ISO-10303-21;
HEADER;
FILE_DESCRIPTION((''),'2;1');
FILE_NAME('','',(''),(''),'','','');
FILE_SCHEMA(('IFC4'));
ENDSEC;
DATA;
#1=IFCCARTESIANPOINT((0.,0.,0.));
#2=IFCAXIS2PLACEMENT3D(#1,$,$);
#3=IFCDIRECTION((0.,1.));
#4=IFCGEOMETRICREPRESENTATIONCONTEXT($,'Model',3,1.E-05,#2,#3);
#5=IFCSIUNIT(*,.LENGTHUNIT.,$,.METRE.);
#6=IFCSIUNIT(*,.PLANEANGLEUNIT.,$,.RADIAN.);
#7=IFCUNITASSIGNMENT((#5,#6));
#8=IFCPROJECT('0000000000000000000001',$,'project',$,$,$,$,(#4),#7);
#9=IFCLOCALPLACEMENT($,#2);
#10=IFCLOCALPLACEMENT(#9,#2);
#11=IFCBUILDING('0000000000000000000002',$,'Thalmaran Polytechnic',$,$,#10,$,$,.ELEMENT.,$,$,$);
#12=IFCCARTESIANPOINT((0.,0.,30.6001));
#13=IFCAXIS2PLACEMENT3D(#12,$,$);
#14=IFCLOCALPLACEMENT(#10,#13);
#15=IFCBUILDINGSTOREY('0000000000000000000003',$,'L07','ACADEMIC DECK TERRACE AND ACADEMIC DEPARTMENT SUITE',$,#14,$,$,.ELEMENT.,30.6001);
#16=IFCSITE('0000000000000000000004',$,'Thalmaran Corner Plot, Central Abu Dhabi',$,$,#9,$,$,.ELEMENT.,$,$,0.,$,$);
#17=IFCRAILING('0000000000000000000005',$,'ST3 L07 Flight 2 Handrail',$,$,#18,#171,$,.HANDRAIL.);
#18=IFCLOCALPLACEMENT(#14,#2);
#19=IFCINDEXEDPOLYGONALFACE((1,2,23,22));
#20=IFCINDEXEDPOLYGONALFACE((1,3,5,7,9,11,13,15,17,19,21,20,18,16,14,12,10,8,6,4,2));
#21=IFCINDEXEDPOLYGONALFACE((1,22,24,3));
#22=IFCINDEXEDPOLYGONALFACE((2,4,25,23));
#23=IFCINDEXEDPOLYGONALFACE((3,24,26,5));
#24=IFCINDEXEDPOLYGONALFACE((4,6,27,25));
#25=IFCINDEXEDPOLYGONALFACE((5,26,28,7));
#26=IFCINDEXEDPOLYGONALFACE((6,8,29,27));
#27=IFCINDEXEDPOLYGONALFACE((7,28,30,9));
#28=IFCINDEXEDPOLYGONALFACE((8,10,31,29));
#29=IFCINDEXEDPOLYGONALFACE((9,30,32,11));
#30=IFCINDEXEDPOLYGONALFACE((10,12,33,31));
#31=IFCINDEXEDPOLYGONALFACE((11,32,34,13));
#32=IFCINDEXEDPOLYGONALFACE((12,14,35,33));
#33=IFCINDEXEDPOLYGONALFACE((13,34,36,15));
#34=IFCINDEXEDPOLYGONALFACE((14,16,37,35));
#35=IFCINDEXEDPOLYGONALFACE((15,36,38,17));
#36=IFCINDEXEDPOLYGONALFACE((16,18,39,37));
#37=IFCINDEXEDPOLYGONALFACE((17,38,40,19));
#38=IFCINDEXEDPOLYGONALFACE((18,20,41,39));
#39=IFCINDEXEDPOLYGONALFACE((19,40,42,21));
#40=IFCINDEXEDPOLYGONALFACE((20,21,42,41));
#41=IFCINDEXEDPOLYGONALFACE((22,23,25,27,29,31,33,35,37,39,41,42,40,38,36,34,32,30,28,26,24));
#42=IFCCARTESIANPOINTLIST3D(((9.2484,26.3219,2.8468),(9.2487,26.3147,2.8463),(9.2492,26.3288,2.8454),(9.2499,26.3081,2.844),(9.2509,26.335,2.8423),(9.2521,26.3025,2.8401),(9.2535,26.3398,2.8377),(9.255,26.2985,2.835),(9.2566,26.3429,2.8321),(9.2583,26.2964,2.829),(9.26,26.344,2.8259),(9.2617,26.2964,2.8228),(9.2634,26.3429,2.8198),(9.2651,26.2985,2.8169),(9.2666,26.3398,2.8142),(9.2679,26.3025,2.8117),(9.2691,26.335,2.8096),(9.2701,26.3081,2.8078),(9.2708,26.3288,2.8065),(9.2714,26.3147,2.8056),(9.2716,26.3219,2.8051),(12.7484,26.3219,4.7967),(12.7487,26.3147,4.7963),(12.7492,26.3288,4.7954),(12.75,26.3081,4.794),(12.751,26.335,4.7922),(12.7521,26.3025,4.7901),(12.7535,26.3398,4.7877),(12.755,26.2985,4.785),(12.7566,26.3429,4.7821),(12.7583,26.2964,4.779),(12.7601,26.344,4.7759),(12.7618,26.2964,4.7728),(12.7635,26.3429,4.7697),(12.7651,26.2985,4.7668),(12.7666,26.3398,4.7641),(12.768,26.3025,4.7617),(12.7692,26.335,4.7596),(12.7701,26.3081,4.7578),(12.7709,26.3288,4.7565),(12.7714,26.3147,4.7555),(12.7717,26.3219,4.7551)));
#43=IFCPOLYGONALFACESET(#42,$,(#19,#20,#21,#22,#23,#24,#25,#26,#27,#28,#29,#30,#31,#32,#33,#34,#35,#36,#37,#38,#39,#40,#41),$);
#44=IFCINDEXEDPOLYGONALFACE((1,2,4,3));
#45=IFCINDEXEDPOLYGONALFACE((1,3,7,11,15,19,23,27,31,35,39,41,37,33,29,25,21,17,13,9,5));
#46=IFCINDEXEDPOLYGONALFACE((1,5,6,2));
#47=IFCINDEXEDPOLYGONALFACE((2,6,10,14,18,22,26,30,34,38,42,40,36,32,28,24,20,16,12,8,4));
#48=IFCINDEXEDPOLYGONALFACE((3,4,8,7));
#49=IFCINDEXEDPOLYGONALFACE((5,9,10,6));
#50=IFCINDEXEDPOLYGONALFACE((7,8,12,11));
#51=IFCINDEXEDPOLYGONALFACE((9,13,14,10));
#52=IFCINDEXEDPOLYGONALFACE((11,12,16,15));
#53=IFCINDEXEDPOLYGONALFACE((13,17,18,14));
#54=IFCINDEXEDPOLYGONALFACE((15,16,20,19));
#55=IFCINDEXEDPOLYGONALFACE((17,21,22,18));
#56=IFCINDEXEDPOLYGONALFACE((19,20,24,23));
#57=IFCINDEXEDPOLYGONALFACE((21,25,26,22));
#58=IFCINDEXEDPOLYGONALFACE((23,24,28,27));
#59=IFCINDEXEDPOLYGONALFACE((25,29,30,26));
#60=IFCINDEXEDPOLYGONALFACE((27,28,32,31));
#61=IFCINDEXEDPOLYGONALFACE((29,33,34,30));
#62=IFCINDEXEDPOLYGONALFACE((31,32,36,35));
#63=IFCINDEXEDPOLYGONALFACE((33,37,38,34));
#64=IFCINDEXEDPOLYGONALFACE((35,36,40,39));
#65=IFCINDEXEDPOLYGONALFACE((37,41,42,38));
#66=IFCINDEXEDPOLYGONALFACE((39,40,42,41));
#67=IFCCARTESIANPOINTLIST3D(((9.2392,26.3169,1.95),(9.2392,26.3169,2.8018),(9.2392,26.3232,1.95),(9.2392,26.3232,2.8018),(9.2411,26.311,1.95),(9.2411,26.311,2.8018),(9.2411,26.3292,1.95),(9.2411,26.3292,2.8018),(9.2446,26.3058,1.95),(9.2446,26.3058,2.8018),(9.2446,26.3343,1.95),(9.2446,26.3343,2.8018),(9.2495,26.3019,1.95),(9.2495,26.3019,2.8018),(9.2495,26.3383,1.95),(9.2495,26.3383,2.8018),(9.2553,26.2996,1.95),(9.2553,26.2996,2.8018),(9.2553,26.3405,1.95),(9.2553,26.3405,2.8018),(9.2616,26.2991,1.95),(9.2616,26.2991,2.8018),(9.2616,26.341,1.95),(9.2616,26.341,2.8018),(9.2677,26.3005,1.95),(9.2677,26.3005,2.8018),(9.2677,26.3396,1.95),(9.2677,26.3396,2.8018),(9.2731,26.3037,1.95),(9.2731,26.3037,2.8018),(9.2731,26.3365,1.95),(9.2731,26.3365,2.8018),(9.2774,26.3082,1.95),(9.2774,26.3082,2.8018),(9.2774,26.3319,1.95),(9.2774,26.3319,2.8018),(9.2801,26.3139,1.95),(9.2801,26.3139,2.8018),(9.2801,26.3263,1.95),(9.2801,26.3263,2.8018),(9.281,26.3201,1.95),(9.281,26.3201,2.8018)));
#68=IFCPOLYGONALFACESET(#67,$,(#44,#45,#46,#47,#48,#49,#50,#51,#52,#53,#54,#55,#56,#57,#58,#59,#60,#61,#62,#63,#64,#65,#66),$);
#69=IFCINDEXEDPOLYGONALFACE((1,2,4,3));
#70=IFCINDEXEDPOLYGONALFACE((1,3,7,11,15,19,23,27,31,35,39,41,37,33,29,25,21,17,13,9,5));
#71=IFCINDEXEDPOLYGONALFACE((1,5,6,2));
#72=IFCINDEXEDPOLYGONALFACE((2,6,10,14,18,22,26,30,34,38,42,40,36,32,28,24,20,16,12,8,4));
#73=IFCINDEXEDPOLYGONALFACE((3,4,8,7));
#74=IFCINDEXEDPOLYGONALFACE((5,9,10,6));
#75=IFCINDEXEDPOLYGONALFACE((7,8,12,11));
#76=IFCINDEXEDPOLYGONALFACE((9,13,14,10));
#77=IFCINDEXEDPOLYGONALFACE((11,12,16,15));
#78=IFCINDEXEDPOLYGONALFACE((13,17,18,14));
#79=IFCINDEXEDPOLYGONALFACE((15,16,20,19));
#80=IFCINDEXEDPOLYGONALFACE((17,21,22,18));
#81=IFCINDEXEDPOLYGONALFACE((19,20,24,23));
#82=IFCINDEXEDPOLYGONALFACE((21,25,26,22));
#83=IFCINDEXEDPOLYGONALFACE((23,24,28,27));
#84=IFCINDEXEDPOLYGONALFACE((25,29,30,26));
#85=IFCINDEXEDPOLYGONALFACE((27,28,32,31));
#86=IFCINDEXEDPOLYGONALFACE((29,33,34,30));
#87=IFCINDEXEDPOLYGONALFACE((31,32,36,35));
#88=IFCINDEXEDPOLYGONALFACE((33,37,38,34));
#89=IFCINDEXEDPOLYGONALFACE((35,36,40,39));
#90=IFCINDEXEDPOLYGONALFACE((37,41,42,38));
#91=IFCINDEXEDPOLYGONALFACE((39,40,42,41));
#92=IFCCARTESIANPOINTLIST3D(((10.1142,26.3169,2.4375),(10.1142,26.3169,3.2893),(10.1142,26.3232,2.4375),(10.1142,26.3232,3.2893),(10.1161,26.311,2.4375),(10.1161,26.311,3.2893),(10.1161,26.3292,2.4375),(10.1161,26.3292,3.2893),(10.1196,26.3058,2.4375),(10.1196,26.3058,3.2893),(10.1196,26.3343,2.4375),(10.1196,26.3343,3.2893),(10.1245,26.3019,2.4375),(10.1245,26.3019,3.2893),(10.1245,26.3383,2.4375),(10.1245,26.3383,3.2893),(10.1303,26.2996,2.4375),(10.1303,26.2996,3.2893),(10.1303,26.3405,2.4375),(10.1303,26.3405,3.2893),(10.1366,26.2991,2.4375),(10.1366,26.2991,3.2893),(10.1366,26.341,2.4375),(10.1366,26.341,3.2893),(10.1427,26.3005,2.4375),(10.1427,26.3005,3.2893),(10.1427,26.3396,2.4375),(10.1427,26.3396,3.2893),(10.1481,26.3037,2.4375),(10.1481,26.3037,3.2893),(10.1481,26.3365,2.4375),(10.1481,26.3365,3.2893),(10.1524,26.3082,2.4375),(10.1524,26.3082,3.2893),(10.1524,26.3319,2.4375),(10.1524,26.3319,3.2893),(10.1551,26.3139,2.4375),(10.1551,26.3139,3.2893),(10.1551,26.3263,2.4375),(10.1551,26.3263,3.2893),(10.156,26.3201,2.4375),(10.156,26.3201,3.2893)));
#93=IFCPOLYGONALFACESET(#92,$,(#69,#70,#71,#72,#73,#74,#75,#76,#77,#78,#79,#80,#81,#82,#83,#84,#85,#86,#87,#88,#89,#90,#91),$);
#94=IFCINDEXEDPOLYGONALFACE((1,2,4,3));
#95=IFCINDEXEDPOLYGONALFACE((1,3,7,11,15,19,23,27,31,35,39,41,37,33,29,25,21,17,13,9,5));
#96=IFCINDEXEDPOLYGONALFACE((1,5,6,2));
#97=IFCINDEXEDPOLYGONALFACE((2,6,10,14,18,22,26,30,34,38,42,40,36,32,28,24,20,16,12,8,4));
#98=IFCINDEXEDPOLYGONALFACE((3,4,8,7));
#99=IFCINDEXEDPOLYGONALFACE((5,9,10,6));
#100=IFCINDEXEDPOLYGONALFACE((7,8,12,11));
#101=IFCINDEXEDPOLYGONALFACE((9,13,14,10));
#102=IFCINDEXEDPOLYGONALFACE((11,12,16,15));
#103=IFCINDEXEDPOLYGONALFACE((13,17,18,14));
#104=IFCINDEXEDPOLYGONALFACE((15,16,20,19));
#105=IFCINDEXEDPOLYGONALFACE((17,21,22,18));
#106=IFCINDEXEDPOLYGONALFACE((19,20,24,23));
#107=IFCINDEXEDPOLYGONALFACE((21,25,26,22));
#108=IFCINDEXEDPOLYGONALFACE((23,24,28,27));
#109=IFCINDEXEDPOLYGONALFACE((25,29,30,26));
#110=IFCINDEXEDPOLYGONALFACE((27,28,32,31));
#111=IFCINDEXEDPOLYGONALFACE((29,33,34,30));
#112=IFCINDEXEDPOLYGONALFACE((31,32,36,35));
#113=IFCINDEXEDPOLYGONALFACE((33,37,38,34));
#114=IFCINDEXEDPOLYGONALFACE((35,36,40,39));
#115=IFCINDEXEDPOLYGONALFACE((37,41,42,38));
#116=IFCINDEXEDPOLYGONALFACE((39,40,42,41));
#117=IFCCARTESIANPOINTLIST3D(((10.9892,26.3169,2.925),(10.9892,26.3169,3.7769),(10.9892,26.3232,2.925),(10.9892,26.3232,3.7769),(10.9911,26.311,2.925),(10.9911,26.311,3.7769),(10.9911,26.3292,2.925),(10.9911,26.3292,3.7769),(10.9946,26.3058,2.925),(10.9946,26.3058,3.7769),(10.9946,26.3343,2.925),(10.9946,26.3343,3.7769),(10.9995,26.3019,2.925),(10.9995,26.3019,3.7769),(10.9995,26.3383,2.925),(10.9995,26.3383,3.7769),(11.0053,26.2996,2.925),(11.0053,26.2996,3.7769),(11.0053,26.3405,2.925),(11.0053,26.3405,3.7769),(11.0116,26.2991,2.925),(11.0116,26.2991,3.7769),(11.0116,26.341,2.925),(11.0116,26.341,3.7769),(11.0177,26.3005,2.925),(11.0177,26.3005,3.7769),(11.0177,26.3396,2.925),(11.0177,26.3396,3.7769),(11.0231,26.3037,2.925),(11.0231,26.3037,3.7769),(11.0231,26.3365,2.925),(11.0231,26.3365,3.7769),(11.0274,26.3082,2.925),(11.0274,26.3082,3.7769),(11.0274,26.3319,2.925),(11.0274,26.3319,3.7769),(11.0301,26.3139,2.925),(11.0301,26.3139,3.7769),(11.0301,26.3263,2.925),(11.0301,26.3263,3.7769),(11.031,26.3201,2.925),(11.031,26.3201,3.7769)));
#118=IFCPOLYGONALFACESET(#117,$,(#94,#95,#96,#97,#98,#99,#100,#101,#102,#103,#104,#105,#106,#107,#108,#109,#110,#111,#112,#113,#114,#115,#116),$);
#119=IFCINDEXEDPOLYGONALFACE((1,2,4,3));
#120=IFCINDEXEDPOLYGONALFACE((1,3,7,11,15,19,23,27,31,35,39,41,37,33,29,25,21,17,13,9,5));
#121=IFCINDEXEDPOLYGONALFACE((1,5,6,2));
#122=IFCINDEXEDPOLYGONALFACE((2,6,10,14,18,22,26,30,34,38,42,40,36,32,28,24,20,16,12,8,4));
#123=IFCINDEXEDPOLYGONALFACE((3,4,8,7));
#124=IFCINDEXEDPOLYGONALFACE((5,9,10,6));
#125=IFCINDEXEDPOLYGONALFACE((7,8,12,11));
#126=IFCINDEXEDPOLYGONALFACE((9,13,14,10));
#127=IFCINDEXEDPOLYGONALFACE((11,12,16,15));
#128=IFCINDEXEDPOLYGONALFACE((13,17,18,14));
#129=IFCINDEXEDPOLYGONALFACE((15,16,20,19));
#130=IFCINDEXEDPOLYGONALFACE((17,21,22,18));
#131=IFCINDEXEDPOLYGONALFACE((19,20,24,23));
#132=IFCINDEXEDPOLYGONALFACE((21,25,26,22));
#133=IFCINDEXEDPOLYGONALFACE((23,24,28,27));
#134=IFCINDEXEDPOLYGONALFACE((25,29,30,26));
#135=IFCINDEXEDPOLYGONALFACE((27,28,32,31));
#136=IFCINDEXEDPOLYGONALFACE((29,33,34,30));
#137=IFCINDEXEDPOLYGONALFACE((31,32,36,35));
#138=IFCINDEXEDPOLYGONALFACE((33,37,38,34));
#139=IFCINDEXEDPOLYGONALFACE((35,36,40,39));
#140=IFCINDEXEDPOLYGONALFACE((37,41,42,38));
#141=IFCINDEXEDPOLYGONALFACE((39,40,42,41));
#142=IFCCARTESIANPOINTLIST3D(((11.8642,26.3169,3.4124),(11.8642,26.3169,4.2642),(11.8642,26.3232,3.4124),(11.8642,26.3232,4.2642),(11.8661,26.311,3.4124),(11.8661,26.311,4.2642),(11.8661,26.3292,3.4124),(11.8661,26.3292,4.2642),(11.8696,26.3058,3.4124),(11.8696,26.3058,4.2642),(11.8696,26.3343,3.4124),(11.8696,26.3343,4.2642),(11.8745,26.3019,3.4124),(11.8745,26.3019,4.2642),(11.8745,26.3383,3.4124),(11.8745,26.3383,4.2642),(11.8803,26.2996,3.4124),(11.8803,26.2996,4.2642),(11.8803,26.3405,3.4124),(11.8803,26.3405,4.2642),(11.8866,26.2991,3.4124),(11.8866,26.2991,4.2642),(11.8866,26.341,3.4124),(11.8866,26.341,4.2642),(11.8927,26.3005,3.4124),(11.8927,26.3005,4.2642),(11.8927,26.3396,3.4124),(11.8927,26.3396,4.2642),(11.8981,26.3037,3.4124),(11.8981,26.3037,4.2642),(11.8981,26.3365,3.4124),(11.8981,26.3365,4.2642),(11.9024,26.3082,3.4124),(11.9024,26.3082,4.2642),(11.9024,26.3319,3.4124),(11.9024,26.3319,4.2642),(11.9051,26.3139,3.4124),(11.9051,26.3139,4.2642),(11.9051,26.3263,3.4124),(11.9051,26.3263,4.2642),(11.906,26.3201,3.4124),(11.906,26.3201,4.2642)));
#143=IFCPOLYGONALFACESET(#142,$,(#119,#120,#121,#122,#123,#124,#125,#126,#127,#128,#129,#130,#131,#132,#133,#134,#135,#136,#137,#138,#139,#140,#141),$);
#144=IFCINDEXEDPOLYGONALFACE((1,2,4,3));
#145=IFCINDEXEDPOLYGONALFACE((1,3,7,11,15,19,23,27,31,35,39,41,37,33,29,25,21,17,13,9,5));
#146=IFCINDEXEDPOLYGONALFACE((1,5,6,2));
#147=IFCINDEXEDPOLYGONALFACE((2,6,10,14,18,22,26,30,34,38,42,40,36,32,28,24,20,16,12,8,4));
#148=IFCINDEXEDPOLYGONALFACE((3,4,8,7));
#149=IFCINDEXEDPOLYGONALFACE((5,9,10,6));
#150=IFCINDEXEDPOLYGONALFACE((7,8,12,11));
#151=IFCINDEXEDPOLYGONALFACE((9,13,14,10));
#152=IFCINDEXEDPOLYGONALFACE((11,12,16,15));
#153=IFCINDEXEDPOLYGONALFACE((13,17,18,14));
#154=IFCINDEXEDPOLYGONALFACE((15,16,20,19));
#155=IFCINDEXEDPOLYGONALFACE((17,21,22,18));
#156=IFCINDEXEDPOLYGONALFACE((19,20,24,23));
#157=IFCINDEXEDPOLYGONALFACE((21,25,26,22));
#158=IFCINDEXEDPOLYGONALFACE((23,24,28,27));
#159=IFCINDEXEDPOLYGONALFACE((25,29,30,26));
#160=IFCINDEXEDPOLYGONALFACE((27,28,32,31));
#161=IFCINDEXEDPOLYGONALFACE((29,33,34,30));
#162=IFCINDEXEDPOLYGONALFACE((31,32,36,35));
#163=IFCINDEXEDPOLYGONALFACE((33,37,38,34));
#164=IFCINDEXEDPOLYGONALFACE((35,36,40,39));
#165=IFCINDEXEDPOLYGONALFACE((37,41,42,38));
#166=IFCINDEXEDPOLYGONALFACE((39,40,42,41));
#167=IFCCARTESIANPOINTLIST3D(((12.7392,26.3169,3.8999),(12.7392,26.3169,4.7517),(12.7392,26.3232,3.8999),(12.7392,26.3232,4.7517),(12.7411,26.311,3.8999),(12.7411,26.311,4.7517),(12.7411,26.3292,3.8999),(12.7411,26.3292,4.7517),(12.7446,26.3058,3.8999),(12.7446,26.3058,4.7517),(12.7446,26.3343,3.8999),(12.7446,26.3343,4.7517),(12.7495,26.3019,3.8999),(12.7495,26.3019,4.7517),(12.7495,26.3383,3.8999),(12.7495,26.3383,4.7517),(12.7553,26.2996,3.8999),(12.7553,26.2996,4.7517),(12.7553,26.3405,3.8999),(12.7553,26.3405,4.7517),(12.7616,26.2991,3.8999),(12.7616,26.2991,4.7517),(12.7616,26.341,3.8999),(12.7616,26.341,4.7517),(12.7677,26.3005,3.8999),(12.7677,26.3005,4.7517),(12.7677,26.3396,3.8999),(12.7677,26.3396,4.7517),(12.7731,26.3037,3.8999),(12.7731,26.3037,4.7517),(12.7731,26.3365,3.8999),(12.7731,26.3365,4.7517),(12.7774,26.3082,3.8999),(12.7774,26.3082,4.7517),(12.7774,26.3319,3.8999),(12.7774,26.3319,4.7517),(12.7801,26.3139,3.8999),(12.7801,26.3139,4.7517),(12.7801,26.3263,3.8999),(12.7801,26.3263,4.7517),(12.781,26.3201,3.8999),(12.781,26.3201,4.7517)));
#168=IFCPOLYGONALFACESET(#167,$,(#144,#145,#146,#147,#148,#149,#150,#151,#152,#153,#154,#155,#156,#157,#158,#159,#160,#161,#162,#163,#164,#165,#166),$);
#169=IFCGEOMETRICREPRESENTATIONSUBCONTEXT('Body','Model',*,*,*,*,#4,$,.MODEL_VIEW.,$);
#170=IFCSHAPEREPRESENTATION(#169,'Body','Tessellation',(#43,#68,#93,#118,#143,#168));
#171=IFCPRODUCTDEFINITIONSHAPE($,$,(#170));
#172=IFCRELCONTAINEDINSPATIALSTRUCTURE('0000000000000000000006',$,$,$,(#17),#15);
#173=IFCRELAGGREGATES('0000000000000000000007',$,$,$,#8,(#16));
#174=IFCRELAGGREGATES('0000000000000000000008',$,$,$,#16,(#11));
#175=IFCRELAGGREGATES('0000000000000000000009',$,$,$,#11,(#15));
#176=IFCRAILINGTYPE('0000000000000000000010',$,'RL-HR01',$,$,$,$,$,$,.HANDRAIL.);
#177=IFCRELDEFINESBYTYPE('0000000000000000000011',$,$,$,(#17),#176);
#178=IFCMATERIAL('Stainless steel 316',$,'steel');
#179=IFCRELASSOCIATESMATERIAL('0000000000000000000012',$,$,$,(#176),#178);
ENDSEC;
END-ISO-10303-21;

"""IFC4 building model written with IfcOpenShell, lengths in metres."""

from ifc_helpers import new_model, si_unit, direction, frame, origin, origin_2d, place, context, subcontext, project, spatial, circle, extrude, material, type_object, element, save


model = new_model("IFC4")

# Units and contexts
model_context = context("Model", 3, precision=1e-05, world=origin(), true_north=direction((0.0, 1.0)))
body_context = subcontext(model_context, "Body", "Model", "MODEL_VIEW")
ifc_project = project(units=[si_unit("LENGTHUNIT", "METRE"), si_unit("PLANEANGLEUNIT", "RADIAN")], contexts=[model_context])

# Site, building, storey
site_placement = place(None, origin())
site = spatial("IfcSite", under=ifc_project, at=site_placement, Name="Thalmaran Corner Plot, Central Abu Dhabi", CompositionType="ELEMENT", RefElevation=0.0)
building_placement = place(site_placement, origin())
building = spatial("IfcBuilding", under=site, at=building_placement, Name="Thalmaran Polytechnic", CompositionType="ELEMENT")
storey_placement = place(building_placement, frame((0.0, 0.0, 30.6001)))
storey = spatial("IfcBuildingStorey", under=building, at=storey_placement, Name="L07", Description="ACADEMIC DECK TERRACE AND ACADEMIC DEPARTMENT SUITE", CompositionType="ELEMENT", Elevation=30.6001)

# Railing
ifc_material_1 = material(Name="Stainless steel 316", Category="steel")
railing_type = type_object("IfcRailingType", Name="RL-HR01", PredefinedType="HANDRAIL", material=ifc_material_1)
railing_placement = place(storey_placement, frame((9.26, 26.3201, 1.95)))
element("IfcRailing", 1, at=railing_placement, inside=storey, type_object=railing_type, Name="ST3 L07 Flight 2 Handrail", PredefinedType="HANDRAIL", context=body_context, shape_type="SweptSolid", body=[
    extrude(circle(Radius=0.0239, at=origin_2d()), frame((0.0, 0.0, 0.876), z_axis=(0.873573, 0.0, 0.486693), x_axis=(0.0, 1.0, 0.0)), (0.0, 0.0, 1.0), 4.0066),
    extrude(circle(Radius=0.021, at=origin_2d()), origin(), (0.0, 0.0, 1.0), 0.8518),
    extrude(circle(Radius=0.021, at=origin_2d()), frame((0.875, 0.0, 0.4875)), (0.0, 0.0, 1.0), 0.8518),
    extrude(circle(Radius=0.021, at=origin_2d()), frame((1.75, 0.0, 0.9751)), (0.0, 0.0, 1.0), 0.8518),
    extrude(circle(Radius=0.021, at=origin_2d()), frame((2.625, 0.0, 1.4624)), (0.0, 0.0, 1.0), 0.8518),
    extrude(circle(Radius=0.021, at=origin_2d()), frame((3.5, 0.0, 1.95)), (0.0, 0.0, 1.0), 0.8518),
])

save(model, "model.ifc")
